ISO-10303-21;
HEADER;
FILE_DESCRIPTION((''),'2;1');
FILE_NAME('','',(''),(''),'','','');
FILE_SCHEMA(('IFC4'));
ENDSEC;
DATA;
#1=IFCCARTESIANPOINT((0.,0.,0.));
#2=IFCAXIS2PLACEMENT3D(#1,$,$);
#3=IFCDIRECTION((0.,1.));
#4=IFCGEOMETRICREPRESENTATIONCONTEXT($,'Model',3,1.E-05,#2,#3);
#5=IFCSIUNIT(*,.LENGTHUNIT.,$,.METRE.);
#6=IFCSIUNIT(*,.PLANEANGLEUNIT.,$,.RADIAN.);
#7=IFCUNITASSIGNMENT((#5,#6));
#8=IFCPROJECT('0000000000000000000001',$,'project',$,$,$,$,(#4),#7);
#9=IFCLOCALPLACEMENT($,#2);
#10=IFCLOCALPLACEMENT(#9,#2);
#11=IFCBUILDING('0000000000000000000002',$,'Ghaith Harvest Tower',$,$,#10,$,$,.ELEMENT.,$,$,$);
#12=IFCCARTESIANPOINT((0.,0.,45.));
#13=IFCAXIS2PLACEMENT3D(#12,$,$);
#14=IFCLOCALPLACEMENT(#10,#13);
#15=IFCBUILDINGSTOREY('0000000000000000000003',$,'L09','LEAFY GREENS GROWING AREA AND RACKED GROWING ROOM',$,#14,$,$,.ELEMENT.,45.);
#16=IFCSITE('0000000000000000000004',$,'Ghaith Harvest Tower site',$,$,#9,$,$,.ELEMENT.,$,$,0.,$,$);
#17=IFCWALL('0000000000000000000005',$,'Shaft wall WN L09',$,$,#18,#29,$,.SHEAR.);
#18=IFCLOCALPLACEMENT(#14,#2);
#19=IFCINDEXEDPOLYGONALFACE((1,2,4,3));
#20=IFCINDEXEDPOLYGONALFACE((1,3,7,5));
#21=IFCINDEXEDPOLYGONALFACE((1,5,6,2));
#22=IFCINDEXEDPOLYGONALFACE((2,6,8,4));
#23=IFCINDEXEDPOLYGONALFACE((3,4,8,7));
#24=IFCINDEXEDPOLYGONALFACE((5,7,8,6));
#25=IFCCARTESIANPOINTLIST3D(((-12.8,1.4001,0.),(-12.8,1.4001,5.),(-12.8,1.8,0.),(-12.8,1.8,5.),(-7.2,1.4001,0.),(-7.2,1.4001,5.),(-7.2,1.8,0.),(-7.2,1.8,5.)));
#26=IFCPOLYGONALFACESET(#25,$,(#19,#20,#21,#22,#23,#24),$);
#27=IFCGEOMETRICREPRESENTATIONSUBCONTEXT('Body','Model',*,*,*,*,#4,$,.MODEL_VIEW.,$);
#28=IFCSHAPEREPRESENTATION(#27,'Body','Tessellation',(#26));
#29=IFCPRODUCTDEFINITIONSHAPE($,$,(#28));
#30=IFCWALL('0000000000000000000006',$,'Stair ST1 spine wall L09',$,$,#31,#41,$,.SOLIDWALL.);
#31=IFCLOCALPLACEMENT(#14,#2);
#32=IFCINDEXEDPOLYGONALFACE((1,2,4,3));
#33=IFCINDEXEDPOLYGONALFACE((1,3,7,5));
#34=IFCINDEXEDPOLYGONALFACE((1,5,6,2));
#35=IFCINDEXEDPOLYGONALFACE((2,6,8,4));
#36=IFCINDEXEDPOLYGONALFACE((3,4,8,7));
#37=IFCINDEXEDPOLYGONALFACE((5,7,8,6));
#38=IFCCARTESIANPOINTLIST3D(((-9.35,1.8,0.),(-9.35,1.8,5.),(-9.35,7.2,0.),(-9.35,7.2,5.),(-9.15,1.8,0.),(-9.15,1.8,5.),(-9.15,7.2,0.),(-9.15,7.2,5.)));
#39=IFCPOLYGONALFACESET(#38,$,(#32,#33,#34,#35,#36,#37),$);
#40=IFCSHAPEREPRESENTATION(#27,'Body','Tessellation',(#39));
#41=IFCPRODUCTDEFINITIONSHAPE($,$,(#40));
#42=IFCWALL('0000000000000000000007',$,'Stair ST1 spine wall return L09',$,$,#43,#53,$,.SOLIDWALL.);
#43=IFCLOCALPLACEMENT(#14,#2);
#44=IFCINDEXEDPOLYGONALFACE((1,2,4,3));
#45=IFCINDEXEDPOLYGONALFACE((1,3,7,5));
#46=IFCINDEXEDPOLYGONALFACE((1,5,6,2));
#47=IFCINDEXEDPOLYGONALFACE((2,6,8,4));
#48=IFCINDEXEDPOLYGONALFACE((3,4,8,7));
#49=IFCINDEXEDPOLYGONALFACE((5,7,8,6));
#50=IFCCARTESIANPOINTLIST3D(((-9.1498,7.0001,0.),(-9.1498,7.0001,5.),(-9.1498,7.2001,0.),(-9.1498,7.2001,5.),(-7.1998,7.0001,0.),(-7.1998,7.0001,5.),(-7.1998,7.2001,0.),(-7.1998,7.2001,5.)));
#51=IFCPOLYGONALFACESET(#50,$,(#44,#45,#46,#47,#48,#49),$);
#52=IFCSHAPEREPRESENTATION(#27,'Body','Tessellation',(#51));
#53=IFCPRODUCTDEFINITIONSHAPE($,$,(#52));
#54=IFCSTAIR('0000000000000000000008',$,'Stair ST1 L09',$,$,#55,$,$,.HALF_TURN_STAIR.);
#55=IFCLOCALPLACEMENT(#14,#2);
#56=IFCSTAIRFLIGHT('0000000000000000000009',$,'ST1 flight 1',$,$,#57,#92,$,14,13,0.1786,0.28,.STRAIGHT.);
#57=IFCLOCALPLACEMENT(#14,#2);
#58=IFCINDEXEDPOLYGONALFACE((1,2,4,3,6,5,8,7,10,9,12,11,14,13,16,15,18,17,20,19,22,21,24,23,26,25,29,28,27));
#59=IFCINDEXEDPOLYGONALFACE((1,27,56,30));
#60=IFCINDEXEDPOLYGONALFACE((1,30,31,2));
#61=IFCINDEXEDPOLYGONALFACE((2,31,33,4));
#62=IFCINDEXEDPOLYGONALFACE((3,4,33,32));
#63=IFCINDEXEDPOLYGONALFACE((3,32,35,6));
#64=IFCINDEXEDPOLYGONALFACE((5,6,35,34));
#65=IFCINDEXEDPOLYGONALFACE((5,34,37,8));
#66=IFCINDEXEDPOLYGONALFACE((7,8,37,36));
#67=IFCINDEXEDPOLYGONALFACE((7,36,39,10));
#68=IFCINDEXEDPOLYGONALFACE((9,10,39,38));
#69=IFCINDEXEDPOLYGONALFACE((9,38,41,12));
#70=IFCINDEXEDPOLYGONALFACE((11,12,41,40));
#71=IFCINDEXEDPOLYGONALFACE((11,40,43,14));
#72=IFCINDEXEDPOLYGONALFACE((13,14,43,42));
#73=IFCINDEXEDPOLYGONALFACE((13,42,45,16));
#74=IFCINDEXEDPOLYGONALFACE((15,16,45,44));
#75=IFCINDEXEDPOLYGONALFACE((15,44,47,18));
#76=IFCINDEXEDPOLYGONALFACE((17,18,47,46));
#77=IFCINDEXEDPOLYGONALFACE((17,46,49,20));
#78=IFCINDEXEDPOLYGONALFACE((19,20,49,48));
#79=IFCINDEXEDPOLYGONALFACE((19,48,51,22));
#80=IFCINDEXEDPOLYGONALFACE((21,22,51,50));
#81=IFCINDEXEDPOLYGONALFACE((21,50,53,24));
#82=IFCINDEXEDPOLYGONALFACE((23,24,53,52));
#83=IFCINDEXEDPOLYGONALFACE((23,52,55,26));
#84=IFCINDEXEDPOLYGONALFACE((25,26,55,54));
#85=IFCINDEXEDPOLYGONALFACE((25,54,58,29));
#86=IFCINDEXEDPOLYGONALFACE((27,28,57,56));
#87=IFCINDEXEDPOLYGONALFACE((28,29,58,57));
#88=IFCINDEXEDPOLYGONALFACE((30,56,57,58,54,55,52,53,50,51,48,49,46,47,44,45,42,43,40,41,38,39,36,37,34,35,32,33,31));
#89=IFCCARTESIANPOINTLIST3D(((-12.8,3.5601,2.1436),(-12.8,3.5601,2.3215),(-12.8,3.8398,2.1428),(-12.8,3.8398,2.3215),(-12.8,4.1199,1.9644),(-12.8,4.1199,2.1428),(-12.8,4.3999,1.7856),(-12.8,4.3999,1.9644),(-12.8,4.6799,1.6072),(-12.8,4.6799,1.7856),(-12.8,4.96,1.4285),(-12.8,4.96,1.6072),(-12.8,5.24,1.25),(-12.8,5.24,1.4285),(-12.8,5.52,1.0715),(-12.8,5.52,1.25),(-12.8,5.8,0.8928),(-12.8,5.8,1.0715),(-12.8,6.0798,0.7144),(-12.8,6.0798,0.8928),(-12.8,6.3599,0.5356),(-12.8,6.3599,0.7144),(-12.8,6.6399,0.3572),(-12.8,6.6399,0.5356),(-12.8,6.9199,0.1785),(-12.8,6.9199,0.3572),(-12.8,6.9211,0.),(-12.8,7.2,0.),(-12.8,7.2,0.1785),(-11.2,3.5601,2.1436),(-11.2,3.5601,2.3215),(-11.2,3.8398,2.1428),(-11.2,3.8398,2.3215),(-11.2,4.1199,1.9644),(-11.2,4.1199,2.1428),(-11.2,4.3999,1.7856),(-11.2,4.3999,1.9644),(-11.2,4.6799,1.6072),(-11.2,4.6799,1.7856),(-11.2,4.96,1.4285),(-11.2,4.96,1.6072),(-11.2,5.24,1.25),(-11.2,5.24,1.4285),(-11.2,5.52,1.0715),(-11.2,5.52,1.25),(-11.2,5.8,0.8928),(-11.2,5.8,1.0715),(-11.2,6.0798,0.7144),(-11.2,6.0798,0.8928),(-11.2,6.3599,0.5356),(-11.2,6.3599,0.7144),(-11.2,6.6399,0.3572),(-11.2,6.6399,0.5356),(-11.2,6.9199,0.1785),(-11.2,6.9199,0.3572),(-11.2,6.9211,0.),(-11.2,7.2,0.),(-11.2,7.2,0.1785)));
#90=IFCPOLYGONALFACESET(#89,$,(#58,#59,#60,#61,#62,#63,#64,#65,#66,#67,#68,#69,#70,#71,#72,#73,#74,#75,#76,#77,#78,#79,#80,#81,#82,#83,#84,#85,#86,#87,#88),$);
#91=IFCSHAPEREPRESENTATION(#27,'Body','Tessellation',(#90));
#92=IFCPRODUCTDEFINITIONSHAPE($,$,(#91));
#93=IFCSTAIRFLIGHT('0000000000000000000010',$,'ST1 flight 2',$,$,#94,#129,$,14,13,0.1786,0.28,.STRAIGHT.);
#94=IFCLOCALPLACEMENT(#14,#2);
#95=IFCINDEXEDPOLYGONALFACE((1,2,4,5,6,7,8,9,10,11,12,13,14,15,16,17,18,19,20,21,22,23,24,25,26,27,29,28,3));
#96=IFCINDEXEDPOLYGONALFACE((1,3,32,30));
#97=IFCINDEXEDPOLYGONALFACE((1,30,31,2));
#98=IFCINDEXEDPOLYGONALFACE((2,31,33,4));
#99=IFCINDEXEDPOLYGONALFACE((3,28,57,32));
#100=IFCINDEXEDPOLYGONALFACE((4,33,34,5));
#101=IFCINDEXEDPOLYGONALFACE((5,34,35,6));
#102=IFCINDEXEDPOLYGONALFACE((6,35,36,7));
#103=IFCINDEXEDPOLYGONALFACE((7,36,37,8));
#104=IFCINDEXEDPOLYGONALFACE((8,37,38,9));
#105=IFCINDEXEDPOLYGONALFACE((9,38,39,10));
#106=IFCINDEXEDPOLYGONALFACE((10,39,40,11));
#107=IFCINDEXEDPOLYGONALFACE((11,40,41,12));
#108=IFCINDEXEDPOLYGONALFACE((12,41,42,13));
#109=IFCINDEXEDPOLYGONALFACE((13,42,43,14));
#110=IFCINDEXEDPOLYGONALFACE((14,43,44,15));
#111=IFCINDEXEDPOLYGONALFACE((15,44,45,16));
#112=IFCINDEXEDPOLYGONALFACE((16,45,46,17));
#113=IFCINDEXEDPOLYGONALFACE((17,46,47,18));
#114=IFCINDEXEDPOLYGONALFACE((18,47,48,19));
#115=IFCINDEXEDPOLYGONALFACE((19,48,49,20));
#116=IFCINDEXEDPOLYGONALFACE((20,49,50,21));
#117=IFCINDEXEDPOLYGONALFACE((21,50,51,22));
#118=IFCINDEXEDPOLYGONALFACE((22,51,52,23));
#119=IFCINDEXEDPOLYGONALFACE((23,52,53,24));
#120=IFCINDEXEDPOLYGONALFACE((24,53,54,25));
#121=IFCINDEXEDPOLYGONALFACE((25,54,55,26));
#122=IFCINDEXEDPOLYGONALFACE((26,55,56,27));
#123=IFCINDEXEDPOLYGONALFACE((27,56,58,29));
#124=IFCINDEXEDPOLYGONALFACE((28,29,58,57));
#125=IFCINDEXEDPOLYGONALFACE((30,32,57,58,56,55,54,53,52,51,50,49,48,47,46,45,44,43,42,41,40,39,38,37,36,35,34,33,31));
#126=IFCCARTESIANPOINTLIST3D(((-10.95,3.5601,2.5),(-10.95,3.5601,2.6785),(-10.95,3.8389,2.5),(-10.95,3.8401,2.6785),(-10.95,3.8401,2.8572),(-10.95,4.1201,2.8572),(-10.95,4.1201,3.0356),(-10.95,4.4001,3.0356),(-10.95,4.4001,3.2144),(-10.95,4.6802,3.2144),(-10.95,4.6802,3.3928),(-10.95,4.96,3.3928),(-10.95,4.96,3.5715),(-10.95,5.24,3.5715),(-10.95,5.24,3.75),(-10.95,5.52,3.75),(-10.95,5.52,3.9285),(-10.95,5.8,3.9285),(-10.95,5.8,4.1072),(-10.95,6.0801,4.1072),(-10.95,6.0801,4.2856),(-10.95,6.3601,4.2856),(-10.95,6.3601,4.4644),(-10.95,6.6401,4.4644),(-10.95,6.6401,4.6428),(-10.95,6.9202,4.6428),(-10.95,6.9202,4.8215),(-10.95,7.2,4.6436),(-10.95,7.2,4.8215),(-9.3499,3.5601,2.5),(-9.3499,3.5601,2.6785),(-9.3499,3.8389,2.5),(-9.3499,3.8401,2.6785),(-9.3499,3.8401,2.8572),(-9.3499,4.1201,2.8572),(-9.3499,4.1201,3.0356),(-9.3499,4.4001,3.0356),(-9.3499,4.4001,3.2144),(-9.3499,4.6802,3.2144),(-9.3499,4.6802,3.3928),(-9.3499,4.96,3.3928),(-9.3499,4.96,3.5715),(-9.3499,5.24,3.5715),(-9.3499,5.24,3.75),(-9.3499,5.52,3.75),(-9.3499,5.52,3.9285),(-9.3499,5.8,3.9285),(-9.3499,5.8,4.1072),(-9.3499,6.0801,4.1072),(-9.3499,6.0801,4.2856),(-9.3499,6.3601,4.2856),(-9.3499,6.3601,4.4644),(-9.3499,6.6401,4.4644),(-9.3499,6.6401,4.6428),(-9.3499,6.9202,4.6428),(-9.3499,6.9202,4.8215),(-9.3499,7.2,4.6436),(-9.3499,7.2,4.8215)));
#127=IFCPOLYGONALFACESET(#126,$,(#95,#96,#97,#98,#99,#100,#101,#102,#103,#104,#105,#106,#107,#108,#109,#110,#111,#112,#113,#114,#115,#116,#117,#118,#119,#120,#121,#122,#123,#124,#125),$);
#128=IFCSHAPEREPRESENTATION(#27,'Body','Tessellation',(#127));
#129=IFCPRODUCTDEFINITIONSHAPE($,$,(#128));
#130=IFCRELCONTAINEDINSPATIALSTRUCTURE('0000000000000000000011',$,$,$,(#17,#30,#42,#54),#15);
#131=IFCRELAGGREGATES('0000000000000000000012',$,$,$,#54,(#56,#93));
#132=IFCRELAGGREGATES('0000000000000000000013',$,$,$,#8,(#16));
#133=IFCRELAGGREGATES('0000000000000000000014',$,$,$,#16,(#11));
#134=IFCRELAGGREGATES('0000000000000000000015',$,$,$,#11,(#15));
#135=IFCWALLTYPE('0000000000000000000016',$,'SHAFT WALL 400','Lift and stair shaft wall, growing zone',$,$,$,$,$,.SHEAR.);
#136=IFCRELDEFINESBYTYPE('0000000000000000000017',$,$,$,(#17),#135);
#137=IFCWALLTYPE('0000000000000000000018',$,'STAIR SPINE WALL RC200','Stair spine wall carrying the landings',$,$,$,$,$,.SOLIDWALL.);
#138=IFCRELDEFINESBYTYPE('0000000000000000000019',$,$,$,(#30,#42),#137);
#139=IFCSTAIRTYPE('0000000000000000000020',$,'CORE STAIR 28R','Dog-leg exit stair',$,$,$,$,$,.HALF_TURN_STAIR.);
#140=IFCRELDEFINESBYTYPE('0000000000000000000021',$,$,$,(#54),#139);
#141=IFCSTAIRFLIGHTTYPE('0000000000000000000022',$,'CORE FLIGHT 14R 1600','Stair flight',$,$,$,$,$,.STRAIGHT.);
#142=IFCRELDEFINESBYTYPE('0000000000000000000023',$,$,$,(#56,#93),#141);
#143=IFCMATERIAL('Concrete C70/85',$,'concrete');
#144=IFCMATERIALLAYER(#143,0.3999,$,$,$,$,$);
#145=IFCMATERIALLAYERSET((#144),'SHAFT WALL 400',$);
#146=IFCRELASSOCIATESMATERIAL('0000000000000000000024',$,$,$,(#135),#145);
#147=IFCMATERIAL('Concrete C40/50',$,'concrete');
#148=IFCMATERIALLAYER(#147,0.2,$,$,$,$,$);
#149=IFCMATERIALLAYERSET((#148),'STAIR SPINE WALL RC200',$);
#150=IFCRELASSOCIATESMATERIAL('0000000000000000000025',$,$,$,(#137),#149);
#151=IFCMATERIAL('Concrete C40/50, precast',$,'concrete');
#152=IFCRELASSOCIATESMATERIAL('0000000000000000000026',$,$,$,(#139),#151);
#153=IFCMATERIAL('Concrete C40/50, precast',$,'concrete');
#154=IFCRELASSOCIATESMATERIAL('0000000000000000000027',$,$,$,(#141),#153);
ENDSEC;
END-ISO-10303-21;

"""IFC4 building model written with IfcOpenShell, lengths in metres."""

from ifc_helpers import new_model, si_unit, direction, frame, frame_2d, origin, place, context, subcontext, project, spatial, polyline, rectangle, outline, extrude, material, layer, layer_set, type_object, element, aggregate, save


model = new_model("IFC4")

# Units and contexts
model_context = context("Model", 3, precision=1e-05, world=origin(), true_north=direction((0.0, 1.0)))
body_context = subcontext(model_context, "Body", "Model", "MODEL_VIEW")
ifc_project = project(units=[si_unit("LENGTHUNIT", "METRE"), si_unit("PLANEANGLEUNIT", "RADIAN")], contexts=[model_context])

# Site, building, storey
site_placement = place(None, origin())
site = spatial("IfcSite", under=ifc_project, at=site_placement, Name="Ghaith Harvest Tower site", CompositionType="ELEMENT", RefElevation=0.0)
building_placement = place(site_placement, origin())
building = spatial("IfcBuilding", under=site, at=building_placement, Name="Ghaith Harvest Tower", CompositionType="ELEMENT")
storey_placement = place(building_placement, frame((0.0, 0.0, 45.0)))
storey = spatial("IfcBuildingStorey", under=building, at=storey_placement, Name="L09", Description="LEAFY GREENS GROWING AREA AND RACKED GROWING ROOM", CompositionType="ELEMENT", Elevation=45.0)

# Shared definitions
ifc_material_1 = material(Name="Concrete C70/85", Category="concrete")
ifc_layer_1 = layer(ifc_material_1, 0.3999)
ifc_layer_set_1 = layer_set([ifc_layer_1], Name="SHAFT WALL 400")
wall_type_1 = type_object("IfcWallType", Name="SHAFT WALL 400", Description="Lift and stair shaft wall, growing zone", PredefinedType="SHEAR", material=ifc_layer_set_1)

# Walls
wall_1_placement = place(storey_placement, frame((-12.8, 1.6001, 0.0), z_axis=(0.0, 0.0, 1.0), x_axis=(1.0, 0.0, 0.0)))
element("IfcWall", 1, at=wall_1_placement, inside=storey, type_object=wall_type_1, Name="Shaft wall WN L09", PredefinedType="SHEAR", context=body_context, shape_type="SweptSolid", body=[
    extrude(rectangle(XDim=5.6001, YDim=0.3999, at=frame_2d((2.8, 0.0))), origin(), (0.0, 0.0, 1.0), 5.0),
])
ifc_material_2 = material(Name="Concrete C40/50", Category="concrete")
ifc_layer_2 = layer(ifc_material_2, 0.2)
ifc_layer_set_2 = layer_set([ifc_layer_2], Name="STAIR SPINE WALL RC200")
wall_type_2 = type_object("IfcWallType", Name="STAIR SPINE WALL RC200", Description="Stair spine wall carrying the landings", PredefinedType="SOLIDWALL", material=ifc_layer_set_2)
wall_2_placement = place(storey_placement, frame((-9.25, 7.2, 0.0), z_axis=(0.0, 0.0, 1.0), x_axis=(0.0, -1.0, 0.0)))
element("IfcWall", 2, at=wall_2_placement, inside=storey, type_object=wall_type_2, Name="Stair ST1 spine wall L09", PredefinedType="SOLIDWALL", context=body_context, shape_type="SweptSolid", body=[
    extrude(rectangle(XDim=5.3999, YDim=0.2, at=frame_2d((2.7, 0.0))), origin(), (0.0, 0.0, 1.0), 5.0),
])
wall_3_placement = place(storey_placement, frame((-9.1499, 7.1001, 0.0), z_axis=(0.0, 0.0, 1.0), x_axis=(1.0, 0.0, 0.0)))
element("IfcWall", 3, at=wall_3_placement, inside=storey, type_object=wall_type_2, Name="Stair ST1 spine wall return L09", PredefinedType="SOLIDWALL", context=body_context, shape_type="SweptSolid", body=[
    extrude(rectangle(XDim=1.95, YDim=0.2, at=frame_2d((0.9751, 0.0))), origin(), (0.0, 0.0, 1.0), 5.0),
])

# Stair, stair flights
ifc_material_3 = material(Name="Concrete C40/50, precast", Category="concrete")
stair_type = type_object("IfcStairType", Name="CORE STAIR 28R", Description="Dog-leg exit stair", PredefinedType="HALF_TURN_STAIR", material=ifc_material_3)
stair_placement = place(storey_placement, origin())
stair = element("IfcStair", 4, at=stair_placement, inside=storey, type_object=stair_type, Name="Stair ST1 L09", PredefinedType="HALF_TURN_STAIR")
ifc_material_4 = material(Name="Concrete C40/50, precast", Category="concrete")
stair_flight_type = type_object("IfcStairFlightType", Name="CORE FLIGHT 14R 1600", Description="Stair flight", PredefinedType="STRAIGHT", material=ifc_material_4)
stair_flight_1_placement = place(storey_placement, frame((-12.0, 7.2, 0.0), z_axis=(0.0, 0.0, 1.0), x_axis=(0.0, -1.0, 0.0)))
stair_flight_1 = element("IfcStairFlight", 5, at=stair_flight_1_placement, type_object=stair_flight_type, Name="ST1 flight 1", NumberOfRisers=14, NumberOfTreads=13, PredefinedType="STRAIGHT", RiserHeight=0.1786, TreadLength=0.28, context=body_context, shape_type="SweptSolid", body=[
    extrude(outline(polyline([(0.0, 0.0), (0.0, 0.1785), (0.28, 0.1785), (0.28, 0.3572), (0.5601, 0.3572), (0.5601, 0.5356), (0.8401, 0.5356), (0.8401, 0.7144), (1.1201, 0.7144), (1.1201, 0.8928), (1.3999, 0.8928), (1.3999, 1.0715), (1.6799, 1.0715), (1.6799, 1.25), (1.96, 1.25), (1.96, 1.4285), (2.24, 1.4285), (2.24, 1.6072), (2.52, 1.6072), (2.52, 1.7856), (2.8, 1.7856), (2.8, 1.9644), (3.0801, 1.9644), (3.0801, 2.1428), (3.3601, 2.1428), (3.3601, 2.3215), (3.6399, 2.3215), (3.6399, 2.5), (3.6399, 2.1436), (0.2788, 0.0), (0.0, 0.0)])), frame((0.0, 0.8, 0.0), z_axis=(0.0, -1.0, 0.0), x_axis=(1.0, 0.0, 0.0)), (0.0, 0.0, 1.0), 1.6001),
])
stair_flight_2_placement = place(storey_placement, frame((-10.1499, 3.5601, 2.5), z_axis=(0.0, 0.0, 1.0), x_axis=(0.0, 1.0, 0.0)))
stair_flight_2 = element("IfcStairFlight", 6, at=stair_flight_2_placement, type_object=stair_flight_type, Name="ST1 flight 2", NumberOfRisers=14, NumberOfTreads=13, PredefinedType="STRAIGHT", RiserHeight=0.1786, TreadLength=0.28, context=body_context, shape_type="SweptSolid", body=[
    extrude(outline(polyline([(0.0, 0.0), (0.0, 0.1785), (0.28, 0.1785), (0.28, 0.3572), (0.5601, 0.3572), (0.5601, 0.5356), (0.8401, 0.5356), (0.8401, 0.7144), (1.1201, 0.7144), (1.1201, 0.8928), (1.3999, 0.8928), (1.3999, 1.0715), (1.6799, 1.0715), (1.6799, 1.25), (1.96, 1.25), (1.96, 1.4285), (2.24, 1.4285), (2.24, 1.6072), (2.52, 1.6072), (2.52, 1.7856), (2.8, 1.7856), (2.8, 1.9644), (3.0801, 1.9644), (3.0801, 2.1428), (3.3601, 2.1428), (3.3601, 2.3215), (3.6399, 2.3215), (3.6399, 2.5), (3.6399, 2.1436), (0.2788, 0.0), (0.0, 0.0)])), frame((0.0, 0.8, 0.0), z_axis=(0.0, -1.0, 0.0), x_axis=(1.0, 0.0, 0.0)), (0.0, 0.0, 1.0), 1.6001),
])
aggregate(stair, [stair_flight_1, stair_flight_2])

save(model, "model.ifc")
